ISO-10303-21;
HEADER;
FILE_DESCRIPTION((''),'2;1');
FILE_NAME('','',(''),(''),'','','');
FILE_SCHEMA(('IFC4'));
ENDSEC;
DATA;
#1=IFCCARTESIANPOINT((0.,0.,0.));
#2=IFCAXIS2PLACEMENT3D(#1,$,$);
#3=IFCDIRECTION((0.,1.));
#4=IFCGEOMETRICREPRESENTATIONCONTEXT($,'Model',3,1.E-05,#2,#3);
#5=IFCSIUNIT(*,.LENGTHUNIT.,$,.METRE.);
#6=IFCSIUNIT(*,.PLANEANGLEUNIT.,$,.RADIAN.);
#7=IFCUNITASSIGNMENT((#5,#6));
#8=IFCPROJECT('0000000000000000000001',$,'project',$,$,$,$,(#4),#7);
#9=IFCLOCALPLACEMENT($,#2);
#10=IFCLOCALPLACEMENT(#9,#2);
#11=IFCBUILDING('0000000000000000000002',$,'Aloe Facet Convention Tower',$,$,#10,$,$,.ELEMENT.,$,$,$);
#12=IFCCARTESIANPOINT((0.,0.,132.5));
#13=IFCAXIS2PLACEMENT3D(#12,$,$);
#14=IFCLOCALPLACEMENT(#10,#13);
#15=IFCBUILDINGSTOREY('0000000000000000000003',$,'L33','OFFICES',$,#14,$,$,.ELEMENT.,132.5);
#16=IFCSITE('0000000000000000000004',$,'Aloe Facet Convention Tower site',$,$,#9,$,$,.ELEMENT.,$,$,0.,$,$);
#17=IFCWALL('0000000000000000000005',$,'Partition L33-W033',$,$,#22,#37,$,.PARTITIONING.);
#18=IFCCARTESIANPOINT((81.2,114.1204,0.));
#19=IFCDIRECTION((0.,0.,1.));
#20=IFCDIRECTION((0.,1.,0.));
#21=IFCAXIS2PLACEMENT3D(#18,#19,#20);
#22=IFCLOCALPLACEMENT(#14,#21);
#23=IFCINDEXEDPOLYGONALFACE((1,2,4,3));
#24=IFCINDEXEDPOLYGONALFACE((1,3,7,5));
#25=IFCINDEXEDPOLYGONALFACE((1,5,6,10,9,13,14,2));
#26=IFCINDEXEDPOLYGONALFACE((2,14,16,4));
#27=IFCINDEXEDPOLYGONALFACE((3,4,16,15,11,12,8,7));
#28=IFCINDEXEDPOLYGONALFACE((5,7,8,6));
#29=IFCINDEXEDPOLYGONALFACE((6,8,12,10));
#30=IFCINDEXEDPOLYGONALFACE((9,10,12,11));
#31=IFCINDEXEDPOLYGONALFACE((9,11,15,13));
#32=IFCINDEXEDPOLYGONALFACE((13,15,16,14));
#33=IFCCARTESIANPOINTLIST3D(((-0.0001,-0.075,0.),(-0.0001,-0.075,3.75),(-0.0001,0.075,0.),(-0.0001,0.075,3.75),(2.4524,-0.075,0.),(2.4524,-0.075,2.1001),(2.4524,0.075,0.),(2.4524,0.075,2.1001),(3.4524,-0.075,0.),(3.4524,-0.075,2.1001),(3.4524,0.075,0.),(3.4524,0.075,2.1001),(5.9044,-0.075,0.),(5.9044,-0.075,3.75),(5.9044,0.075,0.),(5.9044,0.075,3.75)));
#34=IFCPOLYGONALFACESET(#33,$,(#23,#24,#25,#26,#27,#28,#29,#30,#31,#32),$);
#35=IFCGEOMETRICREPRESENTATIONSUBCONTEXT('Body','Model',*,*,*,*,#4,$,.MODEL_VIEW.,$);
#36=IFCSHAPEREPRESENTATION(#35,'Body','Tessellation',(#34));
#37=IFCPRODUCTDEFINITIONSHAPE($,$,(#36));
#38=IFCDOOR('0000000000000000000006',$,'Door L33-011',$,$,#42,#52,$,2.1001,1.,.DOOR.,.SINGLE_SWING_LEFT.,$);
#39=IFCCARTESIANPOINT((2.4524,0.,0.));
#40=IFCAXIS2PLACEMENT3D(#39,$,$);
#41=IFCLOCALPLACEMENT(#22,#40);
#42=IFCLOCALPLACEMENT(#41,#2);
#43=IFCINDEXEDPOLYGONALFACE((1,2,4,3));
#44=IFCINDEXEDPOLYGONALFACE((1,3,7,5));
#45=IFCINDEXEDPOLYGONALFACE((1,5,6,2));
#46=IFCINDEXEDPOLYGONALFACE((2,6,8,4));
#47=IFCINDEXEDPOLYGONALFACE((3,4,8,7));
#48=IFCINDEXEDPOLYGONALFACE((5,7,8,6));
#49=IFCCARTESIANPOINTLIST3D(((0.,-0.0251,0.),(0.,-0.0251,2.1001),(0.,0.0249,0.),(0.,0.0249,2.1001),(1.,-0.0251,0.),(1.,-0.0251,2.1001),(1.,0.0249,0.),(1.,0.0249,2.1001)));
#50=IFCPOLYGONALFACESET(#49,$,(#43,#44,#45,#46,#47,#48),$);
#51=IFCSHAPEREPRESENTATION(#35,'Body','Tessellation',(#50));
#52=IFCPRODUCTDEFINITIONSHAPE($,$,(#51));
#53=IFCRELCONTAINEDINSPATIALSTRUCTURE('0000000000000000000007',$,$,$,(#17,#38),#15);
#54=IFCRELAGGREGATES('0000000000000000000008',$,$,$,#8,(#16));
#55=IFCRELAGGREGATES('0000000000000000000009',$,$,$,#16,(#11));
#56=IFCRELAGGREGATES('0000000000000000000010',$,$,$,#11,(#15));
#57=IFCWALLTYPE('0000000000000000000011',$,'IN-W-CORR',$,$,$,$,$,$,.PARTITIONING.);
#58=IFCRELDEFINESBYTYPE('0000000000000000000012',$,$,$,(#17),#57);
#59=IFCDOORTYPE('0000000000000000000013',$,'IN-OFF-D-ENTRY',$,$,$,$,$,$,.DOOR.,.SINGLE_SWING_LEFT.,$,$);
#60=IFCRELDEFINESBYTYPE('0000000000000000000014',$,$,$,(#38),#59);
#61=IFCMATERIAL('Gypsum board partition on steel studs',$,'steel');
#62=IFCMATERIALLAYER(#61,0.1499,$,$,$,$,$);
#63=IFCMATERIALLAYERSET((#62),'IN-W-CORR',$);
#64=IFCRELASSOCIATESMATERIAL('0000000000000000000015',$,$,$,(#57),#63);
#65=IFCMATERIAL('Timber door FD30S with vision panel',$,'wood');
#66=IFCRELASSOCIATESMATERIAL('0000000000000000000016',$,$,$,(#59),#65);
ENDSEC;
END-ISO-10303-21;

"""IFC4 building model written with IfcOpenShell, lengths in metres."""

from ifc_helpers import new_model, si_unit, direction, frame, frame_2d, origin, place, context, subcontext, project, spatial, rectangle, extrude, material, layer, layer_set, type_object, element, fill, save


model = new_model("IFC4")

# Units and contexts
model_context = context("Model", 3, precision=1e-05, world=origin(), true_north=direction((0.0, 1.0)))
body_context = subcontext(model_context, "Body", "Model", "MODEL_VIEW")
ifc_project = project(units=[si_unit("LENGTHUNIT", "METRE"), si_unit("PLANEANGLEUNIT", "RADIAN")], contexts=[model_context])

# Site, building, storey
site_placement = place(None, origin())
site = spatial("IfcSite", under=ifc_project, at=site_placement, Name="Aloe Facet Convention Tower site", CompositionType="ELEMENT", RefElevation=0.0)
building_placement = place(site_placement, origin())
building = spatial("IfcBuilding", under=site, at=building_placement, Name="Aloe Facet Convention Tower", CompositionType="ELEMENT")
storey_placement = place(building_placement, frame((0.0, 0.0, 132.5)))
storey = spatial("IfcBuildingStorey", under=building, at=storey_placement, Name="L33", Description="OFFICES", CompositionType="ELEMENT", Elevation=132.5)

# Shared definitions
ifc_material_1 = material(Name="Gypsum board partition on steel studs", Category="steel")
ifc_layer_1 = layer(ifc_material_1, 0.1499)
ifc_layer_set_1 = layer_set([ifc_layer_1], Name="IN-W-CORR")
wall_type_1 = type_object("IfcWallType", Name="IN-W-CORR", PredefinedType="PARTITIONING", material=ifc_layer_set_1)

# Wall, opening, door
wall_1_placement = place(storey_placement, frame((81.2, 114.1204, 0.0), z_axis=(0.0, 0.0, 1.0), x_axis=(0.0, 1.0, 0.0)))
wall_1 = element("IfcWall", 1, at=wall_1_placement, inside=storey, type_object=wall_type_1, Name="Partition L33-W033", PredefinedType="PARTITIONING", context=body_context, shape_type="SweptSolid", body=[
    extrude(rectangle(XDim=5.9045, YDim=0.1499, at=frame_2d((2.9521, 0.0))), origin(), (0.0, 0.0, 1.0), 3.75),
])
opening_1_placement = place(wall_1_placement, frame((2.4524, 0.0, 0.0)))
opening_1 = element("IfcOpeningElement", 2, at=opening_1_placement, cuts=wall_1, PredefinedType="OPENING", context=body_context, shape_type="SweptSolid", body=[
    extrude(rectangle(XDim=1.0, YDim=2.1001, at=frame_2d((0.5, 1.05))), frame((0.0, 0.085, 0.0), z_axis=(0.0, -1.0, 0.0), x_axis=(1.0, 0.0, 0.0)), (0.0, 0.0, 1.0), 0.1699),
])
ifc_material_2 = material(Name="Timber door FD30S with vision panel", Category="wood")
door_type_1 = type_object("IfcDoorType", Name="IN-OFF-D-ENTRY", OperationType="SINGLE_SWING_LEFT", PredefinedType="DOOR", material=ifc_material_2)
door_1_placement = place(opening_1_placement, origin())
door_1 = element("IfcDoor", 3, at=door_1_placement, inside=storey, type_object=door_type_1, Name="Door L33-011", OperationType="SINGLE_SWING_LEFT", OverallHeight=2.1001, OverallWidth=1.0, PredefinedType="DOOR", context=body_context, shape_type="SweptSolid", body=[
    extrude(rectangle(XDim=1.0, YDim=2.1001, at=frame_2d((0.5, 1.05))), frame((0.0, 0.0249, 0.0), z_axis=(0.0, -1.0, 0.0), x_axis=(1.0, 0.0, 0.0)), (0.0, 0.0, 1.0), 0.05),
])
fill(opening_1, door_1)

save(model, "model.ifc")
